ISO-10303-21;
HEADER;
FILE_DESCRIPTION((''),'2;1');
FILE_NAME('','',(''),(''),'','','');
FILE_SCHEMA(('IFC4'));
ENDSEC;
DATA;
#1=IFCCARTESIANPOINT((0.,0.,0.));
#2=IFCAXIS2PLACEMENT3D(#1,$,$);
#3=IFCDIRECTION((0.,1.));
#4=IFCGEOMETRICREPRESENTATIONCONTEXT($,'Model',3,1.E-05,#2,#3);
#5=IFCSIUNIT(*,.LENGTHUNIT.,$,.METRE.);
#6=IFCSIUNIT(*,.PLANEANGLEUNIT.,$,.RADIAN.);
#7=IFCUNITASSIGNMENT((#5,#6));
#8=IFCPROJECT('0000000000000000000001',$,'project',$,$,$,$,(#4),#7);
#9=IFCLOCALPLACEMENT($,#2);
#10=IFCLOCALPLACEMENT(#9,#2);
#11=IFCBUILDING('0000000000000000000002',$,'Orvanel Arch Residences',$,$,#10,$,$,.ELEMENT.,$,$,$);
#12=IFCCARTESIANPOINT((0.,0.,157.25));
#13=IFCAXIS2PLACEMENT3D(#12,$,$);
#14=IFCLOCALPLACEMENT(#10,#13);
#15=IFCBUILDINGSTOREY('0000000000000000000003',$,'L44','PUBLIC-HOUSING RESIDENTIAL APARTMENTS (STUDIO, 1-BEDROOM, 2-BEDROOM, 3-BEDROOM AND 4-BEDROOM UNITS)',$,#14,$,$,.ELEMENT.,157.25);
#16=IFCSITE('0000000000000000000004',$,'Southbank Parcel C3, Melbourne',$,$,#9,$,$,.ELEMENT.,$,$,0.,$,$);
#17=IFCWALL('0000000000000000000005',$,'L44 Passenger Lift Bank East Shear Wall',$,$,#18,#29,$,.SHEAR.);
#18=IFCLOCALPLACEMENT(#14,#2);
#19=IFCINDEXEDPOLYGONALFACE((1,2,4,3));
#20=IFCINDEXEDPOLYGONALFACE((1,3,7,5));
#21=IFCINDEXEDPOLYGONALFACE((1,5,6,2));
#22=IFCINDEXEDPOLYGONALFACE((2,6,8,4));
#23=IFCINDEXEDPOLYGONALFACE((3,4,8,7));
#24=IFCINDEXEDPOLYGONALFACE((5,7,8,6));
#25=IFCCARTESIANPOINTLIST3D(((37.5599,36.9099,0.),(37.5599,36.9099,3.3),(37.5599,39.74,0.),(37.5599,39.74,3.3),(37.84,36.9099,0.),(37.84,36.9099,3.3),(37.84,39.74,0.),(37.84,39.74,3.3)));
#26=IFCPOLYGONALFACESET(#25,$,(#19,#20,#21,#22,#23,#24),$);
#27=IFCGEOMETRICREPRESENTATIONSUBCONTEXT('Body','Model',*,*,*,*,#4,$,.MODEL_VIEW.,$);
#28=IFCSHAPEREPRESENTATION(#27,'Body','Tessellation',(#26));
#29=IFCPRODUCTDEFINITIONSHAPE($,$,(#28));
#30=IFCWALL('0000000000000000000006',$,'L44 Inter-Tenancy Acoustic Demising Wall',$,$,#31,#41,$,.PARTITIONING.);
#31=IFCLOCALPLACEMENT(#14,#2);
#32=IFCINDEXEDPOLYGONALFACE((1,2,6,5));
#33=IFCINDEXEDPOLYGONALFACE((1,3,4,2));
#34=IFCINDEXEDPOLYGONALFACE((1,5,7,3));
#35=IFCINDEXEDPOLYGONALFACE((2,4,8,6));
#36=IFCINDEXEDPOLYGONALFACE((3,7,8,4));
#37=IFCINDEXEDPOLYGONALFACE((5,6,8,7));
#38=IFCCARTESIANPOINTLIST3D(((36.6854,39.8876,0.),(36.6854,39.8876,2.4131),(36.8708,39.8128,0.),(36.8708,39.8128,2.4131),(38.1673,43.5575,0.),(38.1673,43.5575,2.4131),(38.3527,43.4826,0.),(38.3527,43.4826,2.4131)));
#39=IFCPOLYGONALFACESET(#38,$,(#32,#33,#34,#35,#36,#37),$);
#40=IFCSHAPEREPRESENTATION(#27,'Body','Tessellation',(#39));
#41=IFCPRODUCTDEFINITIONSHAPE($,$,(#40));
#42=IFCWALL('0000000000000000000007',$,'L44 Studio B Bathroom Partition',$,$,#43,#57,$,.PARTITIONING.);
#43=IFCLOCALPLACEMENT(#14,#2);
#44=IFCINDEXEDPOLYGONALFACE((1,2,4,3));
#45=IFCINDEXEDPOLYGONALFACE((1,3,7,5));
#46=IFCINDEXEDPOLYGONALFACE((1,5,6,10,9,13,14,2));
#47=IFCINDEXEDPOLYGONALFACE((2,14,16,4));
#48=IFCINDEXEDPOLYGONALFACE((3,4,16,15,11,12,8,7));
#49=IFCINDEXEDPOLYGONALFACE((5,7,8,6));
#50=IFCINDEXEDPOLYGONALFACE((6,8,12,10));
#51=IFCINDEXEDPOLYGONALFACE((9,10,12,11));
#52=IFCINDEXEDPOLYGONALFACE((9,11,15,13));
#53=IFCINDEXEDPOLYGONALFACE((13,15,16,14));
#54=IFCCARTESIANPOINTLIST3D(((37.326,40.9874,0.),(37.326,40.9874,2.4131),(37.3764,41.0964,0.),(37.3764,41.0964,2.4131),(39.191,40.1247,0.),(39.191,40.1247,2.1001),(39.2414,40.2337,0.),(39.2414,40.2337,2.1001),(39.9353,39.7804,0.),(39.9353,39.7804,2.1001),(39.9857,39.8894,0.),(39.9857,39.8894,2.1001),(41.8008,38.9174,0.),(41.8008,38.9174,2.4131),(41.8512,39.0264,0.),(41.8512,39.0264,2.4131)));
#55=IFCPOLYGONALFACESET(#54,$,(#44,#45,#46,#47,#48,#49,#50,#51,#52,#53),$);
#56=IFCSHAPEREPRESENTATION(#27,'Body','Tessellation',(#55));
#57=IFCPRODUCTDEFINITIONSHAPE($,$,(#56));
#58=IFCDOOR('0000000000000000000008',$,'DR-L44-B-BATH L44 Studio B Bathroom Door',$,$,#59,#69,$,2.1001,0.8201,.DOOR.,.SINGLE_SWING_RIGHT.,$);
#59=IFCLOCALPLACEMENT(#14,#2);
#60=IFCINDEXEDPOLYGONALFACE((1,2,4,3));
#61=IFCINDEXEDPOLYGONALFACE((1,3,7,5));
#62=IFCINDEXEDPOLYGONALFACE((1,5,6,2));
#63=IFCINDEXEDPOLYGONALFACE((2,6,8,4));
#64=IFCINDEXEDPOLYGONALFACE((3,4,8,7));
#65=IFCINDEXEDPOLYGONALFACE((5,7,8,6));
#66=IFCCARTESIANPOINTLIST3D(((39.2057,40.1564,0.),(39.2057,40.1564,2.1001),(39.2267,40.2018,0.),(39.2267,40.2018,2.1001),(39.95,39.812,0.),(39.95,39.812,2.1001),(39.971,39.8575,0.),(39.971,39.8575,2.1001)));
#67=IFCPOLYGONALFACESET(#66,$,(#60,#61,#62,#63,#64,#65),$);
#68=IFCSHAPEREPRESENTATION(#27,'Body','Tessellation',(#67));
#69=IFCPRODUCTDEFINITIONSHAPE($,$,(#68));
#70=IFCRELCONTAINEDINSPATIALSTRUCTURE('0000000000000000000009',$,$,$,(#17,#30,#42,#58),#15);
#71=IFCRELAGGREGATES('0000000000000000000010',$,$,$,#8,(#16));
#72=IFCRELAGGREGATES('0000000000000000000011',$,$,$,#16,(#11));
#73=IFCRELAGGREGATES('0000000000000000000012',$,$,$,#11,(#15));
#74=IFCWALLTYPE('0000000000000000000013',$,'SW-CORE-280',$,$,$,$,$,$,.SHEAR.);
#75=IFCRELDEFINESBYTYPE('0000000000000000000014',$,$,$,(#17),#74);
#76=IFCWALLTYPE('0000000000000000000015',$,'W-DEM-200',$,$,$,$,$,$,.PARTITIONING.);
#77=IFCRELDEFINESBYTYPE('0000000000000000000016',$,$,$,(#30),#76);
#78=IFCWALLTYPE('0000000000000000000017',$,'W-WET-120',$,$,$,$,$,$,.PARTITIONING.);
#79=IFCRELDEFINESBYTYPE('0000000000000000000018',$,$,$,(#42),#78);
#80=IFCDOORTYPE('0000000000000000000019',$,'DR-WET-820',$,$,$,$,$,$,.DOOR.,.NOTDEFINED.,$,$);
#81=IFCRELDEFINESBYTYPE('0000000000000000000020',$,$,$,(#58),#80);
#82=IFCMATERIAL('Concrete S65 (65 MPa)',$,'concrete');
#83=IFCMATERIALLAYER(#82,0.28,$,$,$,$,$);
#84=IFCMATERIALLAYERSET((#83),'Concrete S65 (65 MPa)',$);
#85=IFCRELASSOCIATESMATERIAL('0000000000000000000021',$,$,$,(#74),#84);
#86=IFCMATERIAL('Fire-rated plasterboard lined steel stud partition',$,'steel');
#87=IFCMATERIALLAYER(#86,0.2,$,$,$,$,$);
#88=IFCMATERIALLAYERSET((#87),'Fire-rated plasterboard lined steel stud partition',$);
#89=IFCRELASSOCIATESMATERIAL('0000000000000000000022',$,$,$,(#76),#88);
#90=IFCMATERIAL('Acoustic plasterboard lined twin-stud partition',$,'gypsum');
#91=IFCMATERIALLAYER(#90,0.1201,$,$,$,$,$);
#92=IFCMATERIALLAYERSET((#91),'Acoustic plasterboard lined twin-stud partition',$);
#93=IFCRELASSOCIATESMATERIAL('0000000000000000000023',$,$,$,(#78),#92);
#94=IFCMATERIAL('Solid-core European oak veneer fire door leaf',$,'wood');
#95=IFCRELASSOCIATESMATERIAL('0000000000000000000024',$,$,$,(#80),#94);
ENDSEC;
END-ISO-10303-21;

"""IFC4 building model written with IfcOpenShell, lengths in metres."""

from ifc_helpers import new_model, si_unit, direction, frame, frame_2d, origin, place, context, subcontext, project, spatial, rectangle, extrude, material, layer, layer_set, type_object, element, fill, save


model = new_model("IFC4")

# Units and contexts
model_context = context("Model", 3, precision=1e-05, world=origin(), true_north=direction((0.0, 1.0)))
body_context = subcontext(model_context, "Body", "Model", "MODEL_VIEW")
ifc_project = project(units=[si_unit("LENGTHUNIT", "METRE"), si_unit("PLANEANGLEUNIT", "RADIAN")], contexts=[model_context])

# Site, building, storey
site_placement = place(None, origin())
site = spatial("IfcSite", under=ifc_project, at=site_placement, Name="Southbank Parcel C3, Melbourne", CompositionType="ELEMENT", RefElevation=0.0)
building_placement = place(site_placement, origin())
building = spatial("IfcBuilding", under=site, at=building_placement, Name="Orvanel Arch Residences", CompositionType="ELEMENT")
storey_placement = place(building_placement, frame((0.0, 0.0, 157.25)))
storey = spatial("IfcBuildingStorey", under=building, at=storey_placement, Name="L44", Description="PUBLIC-HOUSING RESIDENTIAL APARTMENTS (STUDIO, 1-BEDROOM, 2-BEDROOM, 3-BEDROOM AND 4-BEDROOM UNITS)", CompositionType="ELEMENT", Elevation=157.25)

# Shared definitions
ifc_material_1 = material(Name="Concrete S65 (65 MPa)", Category="concrete")
ifc_layer_1 = layer(ifc_material_1, 0.28)
ifc_layer_set_1 = layer_set([ifc_layer_1], Name="Concrete S65 (65 MPa)")
wall_type_1 = type_object("IfcWallType", Name="SW-CORE-280", PredefinedType="SHEAR", material=ifc_layer_set_1)

# Walls
wall_1_placement = place(storey_placement, frame((37.7, 36.9099, 0.0), z_axis=(0.0, 0.0, 1.0), x_axis=(0.0, 1.0, 0.0)))
element("IfcWall", 1, at=wall_1_placement, inside=storey, type_object=wall_type_1, Name="L44 Passenger Lift Bank East Shear Wall", PredefinedType="SHEAR", context=body_context, shape_type="SweptSolid", body=[
    extrude(rectangle(XDim=2.8301, YDim=0.28, at=frame_2d((1.415, 0.0))), origin(), (0.0, 0.0, 1.0), 3.3),
])
ifc_material_2 = material(Name="Fire-rated plasterboard lined steel stud partition", Category="steel")
ifc_layer_2 = layer(ifc_material_2, 0.2)
ifc_layer_set_2 = layer_set([ifc_layer_2], Name="Fire-rated plasterboard lined steel stud partition")
wall_type_2 = type_object("IfcWallType", Name="W-DEM-200", PredefinedType="PARTITIONING", material=ifc_layer_set_2)
wall_2_placement = place(storey_placement, frame((36.7781, 39.8501, 0.0), z_axis=(0.0, 0.0, 1.0), x_axis=(0.37443, 0.927255, 0.0)))
element("IfcWall", 2, at=wall_2_placement, inside=storey, type_object=wall_type_2, Name="L44 Inter-Tenancy Acoustic Demising Wall", PredefinedType="PARTITIONING", context=body_context, shape_type="SweptSolid", body=[
    extrude(rectangle(XDim=3.9578, YDim=0.2, at=frame_2d((1.979, 0.0))), origin(), (0.0, 0.0, 1.0), 2.4131),
])

# Wall, opening, door
ifc_material_3 = material(Name="Acoustic plasterboard lined twin-stud partition", Category="gypsum")
ifc_layer_3 = layer(ifc_material_3, 0.1201)
ifc_layer_set_3 = layer_set([ifc_layer_3], Name="Acoustic plasterboard lined twin-stud partition")
wall_type_3 = type_object("IfcWallType", Name="W-WET-120", PredefinedType="PARTITIONING", material=ifc_layer_set_3)
wall_3_placement = place(storey_placement, frame((37.3511, 41.042, 0.0), z_axis=(0.0, 0.0, 1.0), x_axis=(0.907592, -0.419852, 0.0)))
wall_3 = element("IfcWall", 3, at=wall_3_placement, inside=storey, type_object=wall_type_3, Name="L44 Studio B Bathroom Partition", PredefinedType="PARTITIONING", context=body_context, shape_type="SweptSolid", body=[
    extrude(rectangle(XDim=4.9304, YDim=0.1201, at=frame_2d((2.4653, 0.0))), origin(), (0.0, 0.0, 1.0), 2.4131),
])
opening_1_placement = place(wall_3_placement, frame((2.0549, 0.0, 0.0)))
opening_1 = element("IfcOpeningElement", 4, at=opening_1_placement, cuts=wall_3, PredefinedType="OPENING", context=body_context, shape_type="SweptSolid", body=[
    extrude(rectangle(XDim=0.8201, YDim=2.1001, at=frame_2d((0.4102, 1.05))), frame((0.0, 0.0701, 0.0), z_axis=(0.0, -1.0, 0.0), x_axis=(1.0, 0.0, 0.0)), (0.0, 0.0, 1.0), 0.1401),
])
ifc_material_4 = material(Name="Solid-core European oak veneer fire door leaf", Category="wood")
door_type_1 = type_object("IfcDoorType", Name="DR-WET-820", OperationType="NOTDEFINED", PredefinedType="DOOR", material=ifc_material_4)
door_1_placement = place(opening_1_placement, origin())
door_1 = element("IfcDoor", 5, at=door_1_placement, inside=storey, type_object=door_type_1, Name="DR-L44-B-BATH L44 Studio B Bathroom Door", OperationType="SINGLE_SWING_RIGHT", OverallHeight=2.1001, OverallWidth=0.8201, PredefinedType="DOOR", context=body_context, shape_type="SweptSolid", body=[
    extrude(rectangle(XDim=0.8201, YDim=2.1001, at=frame_2d((0.4102, 1.05))), frame((0.0, 0.0249, 0.0), z_axis=(0.0, -1.0, 0.0), x_axis=(1.0, 0.0, 0.0)), (0.0, 0.0, 1.0), 0.05),
])
fill(opening_1, door_1)

save(model, "model.ifc")
